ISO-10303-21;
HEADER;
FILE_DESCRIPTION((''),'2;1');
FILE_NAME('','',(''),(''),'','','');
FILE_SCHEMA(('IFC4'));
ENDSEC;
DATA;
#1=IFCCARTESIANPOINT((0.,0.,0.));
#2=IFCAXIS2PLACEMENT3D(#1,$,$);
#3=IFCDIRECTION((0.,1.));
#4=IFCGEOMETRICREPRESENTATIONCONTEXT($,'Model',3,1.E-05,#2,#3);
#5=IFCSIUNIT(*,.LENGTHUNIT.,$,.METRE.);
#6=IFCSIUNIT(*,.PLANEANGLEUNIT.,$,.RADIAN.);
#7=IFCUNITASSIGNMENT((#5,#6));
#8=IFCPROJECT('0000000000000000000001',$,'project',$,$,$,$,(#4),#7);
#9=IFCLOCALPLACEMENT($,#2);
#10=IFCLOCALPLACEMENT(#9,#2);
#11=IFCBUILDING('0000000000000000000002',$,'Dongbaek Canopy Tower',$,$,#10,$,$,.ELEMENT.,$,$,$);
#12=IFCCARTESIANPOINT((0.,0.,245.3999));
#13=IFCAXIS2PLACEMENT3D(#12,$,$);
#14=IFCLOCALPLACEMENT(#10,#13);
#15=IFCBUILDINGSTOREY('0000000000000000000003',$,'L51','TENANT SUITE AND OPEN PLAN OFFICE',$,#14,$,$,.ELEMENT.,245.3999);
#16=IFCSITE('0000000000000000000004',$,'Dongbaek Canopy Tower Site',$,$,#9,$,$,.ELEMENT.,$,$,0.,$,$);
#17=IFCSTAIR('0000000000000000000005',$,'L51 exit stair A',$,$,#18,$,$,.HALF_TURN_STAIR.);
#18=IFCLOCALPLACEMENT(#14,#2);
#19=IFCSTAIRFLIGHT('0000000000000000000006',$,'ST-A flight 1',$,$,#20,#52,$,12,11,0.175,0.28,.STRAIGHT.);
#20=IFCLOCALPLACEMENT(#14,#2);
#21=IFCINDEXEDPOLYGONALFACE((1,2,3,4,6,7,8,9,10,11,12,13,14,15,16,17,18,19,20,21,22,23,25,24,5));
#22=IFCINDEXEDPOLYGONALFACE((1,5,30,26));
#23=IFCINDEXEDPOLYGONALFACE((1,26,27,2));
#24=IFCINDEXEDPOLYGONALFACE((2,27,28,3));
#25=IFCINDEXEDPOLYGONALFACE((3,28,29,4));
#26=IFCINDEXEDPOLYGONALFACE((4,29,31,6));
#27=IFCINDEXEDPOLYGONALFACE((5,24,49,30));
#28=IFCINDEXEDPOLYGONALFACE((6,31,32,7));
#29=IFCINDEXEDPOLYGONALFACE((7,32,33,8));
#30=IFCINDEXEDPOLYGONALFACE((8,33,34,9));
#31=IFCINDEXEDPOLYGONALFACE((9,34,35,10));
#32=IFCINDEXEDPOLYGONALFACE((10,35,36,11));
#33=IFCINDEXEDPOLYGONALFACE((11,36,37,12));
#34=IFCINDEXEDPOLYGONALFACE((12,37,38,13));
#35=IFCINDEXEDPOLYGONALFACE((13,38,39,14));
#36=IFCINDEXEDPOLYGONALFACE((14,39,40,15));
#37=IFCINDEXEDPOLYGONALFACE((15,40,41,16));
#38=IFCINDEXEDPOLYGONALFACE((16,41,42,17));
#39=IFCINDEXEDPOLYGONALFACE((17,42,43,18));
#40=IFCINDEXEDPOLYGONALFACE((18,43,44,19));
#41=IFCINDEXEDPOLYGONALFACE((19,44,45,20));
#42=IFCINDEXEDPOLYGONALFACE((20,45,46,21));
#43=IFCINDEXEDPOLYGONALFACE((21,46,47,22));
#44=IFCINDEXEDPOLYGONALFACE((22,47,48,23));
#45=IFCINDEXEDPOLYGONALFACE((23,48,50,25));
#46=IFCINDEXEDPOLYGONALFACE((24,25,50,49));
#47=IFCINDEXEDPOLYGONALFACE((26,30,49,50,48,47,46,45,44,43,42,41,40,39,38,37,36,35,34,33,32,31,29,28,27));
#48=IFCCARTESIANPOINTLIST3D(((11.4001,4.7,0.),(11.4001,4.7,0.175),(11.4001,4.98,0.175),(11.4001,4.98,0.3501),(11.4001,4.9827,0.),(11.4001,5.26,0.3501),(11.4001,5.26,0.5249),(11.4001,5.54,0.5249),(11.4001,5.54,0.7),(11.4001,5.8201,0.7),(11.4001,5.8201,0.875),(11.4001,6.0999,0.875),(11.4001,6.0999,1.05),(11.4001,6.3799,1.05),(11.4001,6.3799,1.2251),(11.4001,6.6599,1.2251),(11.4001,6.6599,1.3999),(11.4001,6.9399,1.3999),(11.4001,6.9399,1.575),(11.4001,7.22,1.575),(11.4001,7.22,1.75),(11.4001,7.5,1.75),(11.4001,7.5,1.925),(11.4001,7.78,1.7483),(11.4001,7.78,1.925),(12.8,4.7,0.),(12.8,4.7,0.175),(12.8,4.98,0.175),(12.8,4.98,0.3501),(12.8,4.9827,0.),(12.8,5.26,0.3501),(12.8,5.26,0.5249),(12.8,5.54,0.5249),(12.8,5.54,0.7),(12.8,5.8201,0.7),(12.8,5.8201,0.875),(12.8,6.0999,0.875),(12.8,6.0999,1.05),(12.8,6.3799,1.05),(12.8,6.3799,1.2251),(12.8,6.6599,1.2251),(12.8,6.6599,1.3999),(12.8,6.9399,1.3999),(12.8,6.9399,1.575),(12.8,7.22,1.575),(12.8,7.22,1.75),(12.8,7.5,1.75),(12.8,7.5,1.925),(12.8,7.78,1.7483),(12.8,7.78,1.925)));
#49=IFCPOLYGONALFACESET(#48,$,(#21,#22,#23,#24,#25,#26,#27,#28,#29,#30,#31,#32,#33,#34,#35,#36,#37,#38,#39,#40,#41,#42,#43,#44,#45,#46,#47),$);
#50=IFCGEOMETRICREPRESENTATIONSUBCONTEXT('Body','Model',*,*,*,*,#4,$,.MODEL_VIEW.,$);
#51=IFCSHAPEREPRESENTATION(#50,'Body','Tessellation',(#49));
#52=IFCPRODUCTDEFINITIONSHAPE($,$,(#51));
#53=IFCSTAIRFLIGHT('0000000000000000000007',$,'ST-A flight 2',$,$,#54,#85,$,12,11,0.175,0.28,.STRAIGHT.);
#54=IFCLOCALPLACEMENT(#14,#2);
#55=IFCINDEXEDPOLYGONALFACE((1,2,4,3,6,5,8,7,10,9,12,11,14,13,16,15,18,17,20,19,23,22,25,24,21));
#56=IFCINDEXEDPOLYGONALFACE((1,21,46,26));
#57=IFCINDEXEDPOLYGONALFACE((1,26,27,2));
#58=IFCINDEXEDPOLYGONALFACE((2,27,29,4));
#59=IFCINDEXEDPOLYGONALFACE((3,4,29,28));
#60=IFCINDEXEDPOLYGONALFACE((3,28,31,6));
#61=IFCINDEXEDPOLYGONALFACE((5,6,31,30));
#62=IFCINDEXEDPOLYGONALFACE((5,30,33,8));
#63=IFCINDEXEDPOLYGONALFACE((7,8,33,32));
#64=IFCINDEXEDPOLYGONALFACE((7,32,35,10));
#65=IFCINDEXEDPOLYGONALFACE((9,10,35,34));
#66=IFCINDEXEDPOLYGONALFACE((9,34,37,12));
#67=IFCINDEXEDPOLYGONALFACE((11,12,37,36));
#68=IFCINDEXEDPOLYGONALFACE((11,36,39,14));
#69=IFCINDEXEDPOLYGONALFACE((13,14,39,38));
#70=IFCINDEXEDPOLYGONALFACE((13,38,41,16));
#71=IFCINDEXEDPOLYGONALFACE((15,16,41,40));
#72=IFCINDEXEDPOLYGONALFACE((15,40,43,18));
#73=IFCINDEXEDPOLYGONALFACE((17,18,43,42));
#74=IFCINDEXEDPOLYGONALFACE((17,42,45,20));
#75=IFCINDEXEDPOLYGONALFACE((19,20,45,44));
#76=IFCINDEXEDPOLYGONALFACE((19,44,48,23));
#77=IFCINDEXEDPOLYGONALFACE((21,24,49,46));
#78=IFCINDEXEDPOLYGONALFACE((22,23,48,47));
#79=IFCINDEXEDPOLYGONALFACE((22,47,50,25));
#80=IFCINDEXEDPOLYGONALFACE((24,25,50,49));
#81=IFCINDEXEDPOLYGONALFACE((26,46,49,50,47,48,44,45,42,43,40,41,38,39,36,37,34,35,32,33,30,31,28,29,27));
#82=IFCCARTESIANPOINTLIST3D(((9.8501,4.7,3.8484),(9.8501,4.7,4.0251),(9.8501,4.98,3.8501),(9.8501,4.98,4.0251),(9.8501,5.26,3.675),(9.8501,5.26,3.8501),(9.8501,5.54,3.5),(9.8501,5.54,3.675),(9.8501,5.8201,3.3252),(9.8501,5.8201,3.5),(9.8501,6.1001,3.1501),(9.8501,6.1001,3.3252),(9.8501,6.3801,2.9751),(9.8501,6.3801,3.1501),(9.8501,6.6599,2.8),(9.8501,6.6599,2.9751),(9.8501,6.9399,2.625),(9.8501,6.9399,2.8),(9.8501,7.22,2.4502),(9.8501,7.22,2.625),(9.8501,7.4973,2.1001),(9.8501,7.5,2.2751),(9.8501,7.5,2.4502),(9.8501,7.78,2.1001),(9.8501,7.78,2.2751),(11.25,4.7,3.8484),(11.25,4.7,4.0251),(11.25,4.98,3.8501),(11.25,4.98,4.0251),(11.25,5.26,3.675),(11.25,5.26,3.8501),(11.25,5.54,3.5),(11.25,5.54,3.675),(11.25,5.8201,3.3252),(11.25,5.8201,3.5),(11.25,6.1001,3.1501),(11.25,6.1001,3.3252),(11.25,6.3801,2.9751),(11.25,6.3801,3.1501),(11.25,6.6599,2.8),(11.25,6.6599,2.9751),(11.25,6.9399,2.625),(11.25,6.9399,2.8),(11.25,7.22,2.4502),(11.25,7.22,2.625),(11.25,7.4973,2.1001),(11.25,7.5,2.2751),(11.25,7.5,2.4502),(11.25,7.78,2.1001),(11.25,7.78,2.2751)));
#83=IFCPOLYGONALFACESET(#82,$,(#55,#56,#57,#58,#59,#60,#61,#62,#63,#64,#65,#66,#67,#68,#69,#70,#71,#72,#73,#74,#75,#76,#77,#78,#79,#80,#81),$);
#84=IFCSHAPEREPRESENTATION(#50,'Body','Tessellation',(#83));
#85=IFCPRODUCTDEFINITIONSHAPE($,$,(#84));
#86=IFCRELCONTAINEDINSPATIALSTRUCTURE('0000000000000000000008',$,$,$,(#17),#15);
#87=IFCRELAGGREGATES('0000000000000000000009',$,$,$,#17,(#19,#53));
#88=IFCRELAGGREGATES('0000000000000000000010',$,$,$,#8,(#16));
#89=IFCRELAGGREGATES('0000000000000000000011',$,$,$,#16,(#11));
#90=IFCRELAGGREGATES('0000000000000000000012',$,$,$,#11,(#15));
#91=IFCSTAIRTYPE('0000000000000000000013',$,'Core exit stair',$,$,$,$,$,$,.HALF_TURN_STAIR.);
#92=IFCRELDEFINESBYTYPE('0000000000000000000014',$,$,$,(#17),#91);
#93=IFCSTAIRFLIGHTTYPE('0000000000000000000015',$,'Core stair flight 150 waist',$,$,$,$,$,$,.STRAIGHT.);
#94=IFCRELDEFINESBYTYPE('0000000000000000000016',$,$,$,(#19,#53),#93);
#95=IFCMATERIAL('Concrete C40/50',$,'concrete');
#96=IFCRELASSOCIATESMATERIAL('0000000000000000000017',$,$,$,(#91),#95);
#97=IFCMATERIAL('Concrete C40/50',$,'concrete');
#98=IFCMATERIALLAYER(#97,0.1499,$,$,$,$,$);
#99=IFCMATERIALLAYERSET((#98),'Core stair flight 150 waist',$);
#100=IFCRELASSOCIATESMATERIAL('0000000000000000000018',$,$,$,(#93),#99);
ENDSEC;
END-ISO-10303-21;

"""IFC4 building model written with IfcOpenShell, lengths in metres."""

from ifc_helpers import new_model, si_unit, direction, frame, origin, place, context, subcontext, project, spatial, polyline, outline, extrude, material, layer, layer_set, type_object, element, aggregate, save


model = new_model("IFC4")

# Units and contexts
model_context = context("Model", 3, precision=1e-05, world=origin(), true_north=direction((0.0, 1.0)))
body_context = subcontext(model_context, "Body", "Model", "MODEL_VIEW")
ifc_project = project(units=[si_unit("LENGTHUNIT", "METRE"), si_unit("PLANEANGLEUNIT", "RADIAN")], contexts=[model_context])

# Site, building, storey
site_placement = place(None, origin())
site = spatial("IfcSite", under=ifc_project, at=site_placement, Name="Dongbaek Canopy Tower Site", CompositionType="ELEMENT", RefElevation=0.0)
building_placement = place(site_placement, origin())
building = spatial("IfcBuilding", under=site, at=building_placement, Name="Dongbaek Canopy Tower", CompositionType="ELEMENT")
storey_placement = place(building_placement, frame((0.0, 0.0, 245.3999)))
storey = spatial("IfcBuildingStorey", under=building, at=storey_placement, Name="L51", Description="TENANT SUITE AND OPEN PLAN OFFICE", CompositionType="ELEMENT", Elevation=245.3999)

# Stair, stair flights
ifc_material_1 = material(Name="Concrete C40/50", Category="concrete")
stair_type = type_object("IfcStairType", Name="Core exit stair", PredefinedType="HALF_TURN_STAIR", material=ifc_material_1)
stair_placement = place(storey_placement, origin())
stair = element("IfcStair", 1, at=stair_placement, inside=storey, type_object=stair_type, Name="L51 exit stair A", PredefinedType="HALF_TURN_STAIR")
ifc_material_2 = material(Name="Concrete C40/50", Category="concrete")
ifc_layer_1 = layer(ifc_material_2, 0.1499)
ifc_layer_set_1 = layer_set([ifc_layer_1], Name="Core stair flight 150 waist")
stair_flight_type = type_object("IfcStairFlightType", Name="Core stair flight 150 waist", PredefinedType="STRAIGHT", material=ifc_layer_set_1)
stair_flight_1_placement = place(storey_placement, frame((12.1001, 4.7, 0.0), z_axis=(0.0, 0.0, 1.0), x_axis=(0.0, 1.0, 0.0)))
stair_flight_1 = element("IfcStairFlight", 2, at=stair_flight_1_placement, type_object=stair_flight_type, Name="ST-A flight 1", NumberOfRisers=12, NumberOfTreads=11, PredefinedType="STRAIGHT", RiserHeight=0.175, TreadLength=0.28, context=body_context, shape_type="SweptSolid", body=[
    extrude(outline(polyline([(0.0, 0.0), (0.0, 0.175), (0.28, 0.175), (0.28, 0.3501), (0.5601, 0.3501), (0.5601, 0.5249), (0.8401, 0.5249), (0.8401, 0.7), (1.1201, 0.7), (1.1201, 0.875), (1.3999, 0.875), (1.3999, 1.05), (1.6799, 1.05), (1.6799, 1.2251), (1.96, 1.2251), (1.96, 1.3999), (2.24, 1.3999), (2.24, 1.575), (2.52, 1.575), (2.52, 1.75), (2.8, 1.75), (2.8, 1.925), (3.0801, 1.925), (3.0801, 2.1001), (3.0801, 1.7483), (0.2827, 0.0), (0.0, 0.0)])), frame((0.0, 0.7, 0.0), z_axis=(0.0, -1.0, 0.0), x_axis=(1.0, 0.0, 0.0)), (0.0, 0.0, 1.0), 1.3999),
])
stair_flight_2_placement = place(storey_placement, frame((10.55, 7.78, 2.1001), z_axis=(0.0, 0.0, 1.0), x_axis=(0.0, -1.0, 0.0)))
stair_flight_2 = element("IfcStairFlight", 3, at=stair_flight_2_placement, type_object=stair_flight_type, Name="ST-A flight 2", NumberOfRisers=12, NumberOfTreads=11, PredefinedType="STRAIGHT", RiserHeight=0.175, TreadLength=0.28, context=body_context, shape_type="SweptSolid", body=[
    extrude(outline(polyline([(0.0, 0.0), (0.0, 0.175), (0.28, 0.175), (0.28, 0.3501), (0.5601, 0.3501), (0.5601, 0.5249), (0.8401, 0.5249), (0.8401, 0.7), (1.1201, 0.7), (1.1201, 0.875), (1.3999, 0.875), (1.3999, 1.05), (1.6799, 1.05), (1.6799, 1.2251), (1.96, 1.2251), (1.96, 1.3999), (2.24, 1.3999), (2.24, 1.575), (2.52, 1.575), (2.52, 1.75), (2.8, 1.75), (2.8, 1.925), (3.0801, 1.925), (3.0801, 2.1001), (3.0801, 1.7483), (0.2827, 0.0), (0.0, 0.0)])), frame((0.0, 0.7, 0.0), z_axis=(0.0, -1.0, 0.0), x_axis=(1.0, 0.0, 0.0)), (0.0, 0.0, 1.0), 1.3999),
])
aggregate(stair, [stair_flight_1, stair_flight_2])

save(model, "model.ifc")
